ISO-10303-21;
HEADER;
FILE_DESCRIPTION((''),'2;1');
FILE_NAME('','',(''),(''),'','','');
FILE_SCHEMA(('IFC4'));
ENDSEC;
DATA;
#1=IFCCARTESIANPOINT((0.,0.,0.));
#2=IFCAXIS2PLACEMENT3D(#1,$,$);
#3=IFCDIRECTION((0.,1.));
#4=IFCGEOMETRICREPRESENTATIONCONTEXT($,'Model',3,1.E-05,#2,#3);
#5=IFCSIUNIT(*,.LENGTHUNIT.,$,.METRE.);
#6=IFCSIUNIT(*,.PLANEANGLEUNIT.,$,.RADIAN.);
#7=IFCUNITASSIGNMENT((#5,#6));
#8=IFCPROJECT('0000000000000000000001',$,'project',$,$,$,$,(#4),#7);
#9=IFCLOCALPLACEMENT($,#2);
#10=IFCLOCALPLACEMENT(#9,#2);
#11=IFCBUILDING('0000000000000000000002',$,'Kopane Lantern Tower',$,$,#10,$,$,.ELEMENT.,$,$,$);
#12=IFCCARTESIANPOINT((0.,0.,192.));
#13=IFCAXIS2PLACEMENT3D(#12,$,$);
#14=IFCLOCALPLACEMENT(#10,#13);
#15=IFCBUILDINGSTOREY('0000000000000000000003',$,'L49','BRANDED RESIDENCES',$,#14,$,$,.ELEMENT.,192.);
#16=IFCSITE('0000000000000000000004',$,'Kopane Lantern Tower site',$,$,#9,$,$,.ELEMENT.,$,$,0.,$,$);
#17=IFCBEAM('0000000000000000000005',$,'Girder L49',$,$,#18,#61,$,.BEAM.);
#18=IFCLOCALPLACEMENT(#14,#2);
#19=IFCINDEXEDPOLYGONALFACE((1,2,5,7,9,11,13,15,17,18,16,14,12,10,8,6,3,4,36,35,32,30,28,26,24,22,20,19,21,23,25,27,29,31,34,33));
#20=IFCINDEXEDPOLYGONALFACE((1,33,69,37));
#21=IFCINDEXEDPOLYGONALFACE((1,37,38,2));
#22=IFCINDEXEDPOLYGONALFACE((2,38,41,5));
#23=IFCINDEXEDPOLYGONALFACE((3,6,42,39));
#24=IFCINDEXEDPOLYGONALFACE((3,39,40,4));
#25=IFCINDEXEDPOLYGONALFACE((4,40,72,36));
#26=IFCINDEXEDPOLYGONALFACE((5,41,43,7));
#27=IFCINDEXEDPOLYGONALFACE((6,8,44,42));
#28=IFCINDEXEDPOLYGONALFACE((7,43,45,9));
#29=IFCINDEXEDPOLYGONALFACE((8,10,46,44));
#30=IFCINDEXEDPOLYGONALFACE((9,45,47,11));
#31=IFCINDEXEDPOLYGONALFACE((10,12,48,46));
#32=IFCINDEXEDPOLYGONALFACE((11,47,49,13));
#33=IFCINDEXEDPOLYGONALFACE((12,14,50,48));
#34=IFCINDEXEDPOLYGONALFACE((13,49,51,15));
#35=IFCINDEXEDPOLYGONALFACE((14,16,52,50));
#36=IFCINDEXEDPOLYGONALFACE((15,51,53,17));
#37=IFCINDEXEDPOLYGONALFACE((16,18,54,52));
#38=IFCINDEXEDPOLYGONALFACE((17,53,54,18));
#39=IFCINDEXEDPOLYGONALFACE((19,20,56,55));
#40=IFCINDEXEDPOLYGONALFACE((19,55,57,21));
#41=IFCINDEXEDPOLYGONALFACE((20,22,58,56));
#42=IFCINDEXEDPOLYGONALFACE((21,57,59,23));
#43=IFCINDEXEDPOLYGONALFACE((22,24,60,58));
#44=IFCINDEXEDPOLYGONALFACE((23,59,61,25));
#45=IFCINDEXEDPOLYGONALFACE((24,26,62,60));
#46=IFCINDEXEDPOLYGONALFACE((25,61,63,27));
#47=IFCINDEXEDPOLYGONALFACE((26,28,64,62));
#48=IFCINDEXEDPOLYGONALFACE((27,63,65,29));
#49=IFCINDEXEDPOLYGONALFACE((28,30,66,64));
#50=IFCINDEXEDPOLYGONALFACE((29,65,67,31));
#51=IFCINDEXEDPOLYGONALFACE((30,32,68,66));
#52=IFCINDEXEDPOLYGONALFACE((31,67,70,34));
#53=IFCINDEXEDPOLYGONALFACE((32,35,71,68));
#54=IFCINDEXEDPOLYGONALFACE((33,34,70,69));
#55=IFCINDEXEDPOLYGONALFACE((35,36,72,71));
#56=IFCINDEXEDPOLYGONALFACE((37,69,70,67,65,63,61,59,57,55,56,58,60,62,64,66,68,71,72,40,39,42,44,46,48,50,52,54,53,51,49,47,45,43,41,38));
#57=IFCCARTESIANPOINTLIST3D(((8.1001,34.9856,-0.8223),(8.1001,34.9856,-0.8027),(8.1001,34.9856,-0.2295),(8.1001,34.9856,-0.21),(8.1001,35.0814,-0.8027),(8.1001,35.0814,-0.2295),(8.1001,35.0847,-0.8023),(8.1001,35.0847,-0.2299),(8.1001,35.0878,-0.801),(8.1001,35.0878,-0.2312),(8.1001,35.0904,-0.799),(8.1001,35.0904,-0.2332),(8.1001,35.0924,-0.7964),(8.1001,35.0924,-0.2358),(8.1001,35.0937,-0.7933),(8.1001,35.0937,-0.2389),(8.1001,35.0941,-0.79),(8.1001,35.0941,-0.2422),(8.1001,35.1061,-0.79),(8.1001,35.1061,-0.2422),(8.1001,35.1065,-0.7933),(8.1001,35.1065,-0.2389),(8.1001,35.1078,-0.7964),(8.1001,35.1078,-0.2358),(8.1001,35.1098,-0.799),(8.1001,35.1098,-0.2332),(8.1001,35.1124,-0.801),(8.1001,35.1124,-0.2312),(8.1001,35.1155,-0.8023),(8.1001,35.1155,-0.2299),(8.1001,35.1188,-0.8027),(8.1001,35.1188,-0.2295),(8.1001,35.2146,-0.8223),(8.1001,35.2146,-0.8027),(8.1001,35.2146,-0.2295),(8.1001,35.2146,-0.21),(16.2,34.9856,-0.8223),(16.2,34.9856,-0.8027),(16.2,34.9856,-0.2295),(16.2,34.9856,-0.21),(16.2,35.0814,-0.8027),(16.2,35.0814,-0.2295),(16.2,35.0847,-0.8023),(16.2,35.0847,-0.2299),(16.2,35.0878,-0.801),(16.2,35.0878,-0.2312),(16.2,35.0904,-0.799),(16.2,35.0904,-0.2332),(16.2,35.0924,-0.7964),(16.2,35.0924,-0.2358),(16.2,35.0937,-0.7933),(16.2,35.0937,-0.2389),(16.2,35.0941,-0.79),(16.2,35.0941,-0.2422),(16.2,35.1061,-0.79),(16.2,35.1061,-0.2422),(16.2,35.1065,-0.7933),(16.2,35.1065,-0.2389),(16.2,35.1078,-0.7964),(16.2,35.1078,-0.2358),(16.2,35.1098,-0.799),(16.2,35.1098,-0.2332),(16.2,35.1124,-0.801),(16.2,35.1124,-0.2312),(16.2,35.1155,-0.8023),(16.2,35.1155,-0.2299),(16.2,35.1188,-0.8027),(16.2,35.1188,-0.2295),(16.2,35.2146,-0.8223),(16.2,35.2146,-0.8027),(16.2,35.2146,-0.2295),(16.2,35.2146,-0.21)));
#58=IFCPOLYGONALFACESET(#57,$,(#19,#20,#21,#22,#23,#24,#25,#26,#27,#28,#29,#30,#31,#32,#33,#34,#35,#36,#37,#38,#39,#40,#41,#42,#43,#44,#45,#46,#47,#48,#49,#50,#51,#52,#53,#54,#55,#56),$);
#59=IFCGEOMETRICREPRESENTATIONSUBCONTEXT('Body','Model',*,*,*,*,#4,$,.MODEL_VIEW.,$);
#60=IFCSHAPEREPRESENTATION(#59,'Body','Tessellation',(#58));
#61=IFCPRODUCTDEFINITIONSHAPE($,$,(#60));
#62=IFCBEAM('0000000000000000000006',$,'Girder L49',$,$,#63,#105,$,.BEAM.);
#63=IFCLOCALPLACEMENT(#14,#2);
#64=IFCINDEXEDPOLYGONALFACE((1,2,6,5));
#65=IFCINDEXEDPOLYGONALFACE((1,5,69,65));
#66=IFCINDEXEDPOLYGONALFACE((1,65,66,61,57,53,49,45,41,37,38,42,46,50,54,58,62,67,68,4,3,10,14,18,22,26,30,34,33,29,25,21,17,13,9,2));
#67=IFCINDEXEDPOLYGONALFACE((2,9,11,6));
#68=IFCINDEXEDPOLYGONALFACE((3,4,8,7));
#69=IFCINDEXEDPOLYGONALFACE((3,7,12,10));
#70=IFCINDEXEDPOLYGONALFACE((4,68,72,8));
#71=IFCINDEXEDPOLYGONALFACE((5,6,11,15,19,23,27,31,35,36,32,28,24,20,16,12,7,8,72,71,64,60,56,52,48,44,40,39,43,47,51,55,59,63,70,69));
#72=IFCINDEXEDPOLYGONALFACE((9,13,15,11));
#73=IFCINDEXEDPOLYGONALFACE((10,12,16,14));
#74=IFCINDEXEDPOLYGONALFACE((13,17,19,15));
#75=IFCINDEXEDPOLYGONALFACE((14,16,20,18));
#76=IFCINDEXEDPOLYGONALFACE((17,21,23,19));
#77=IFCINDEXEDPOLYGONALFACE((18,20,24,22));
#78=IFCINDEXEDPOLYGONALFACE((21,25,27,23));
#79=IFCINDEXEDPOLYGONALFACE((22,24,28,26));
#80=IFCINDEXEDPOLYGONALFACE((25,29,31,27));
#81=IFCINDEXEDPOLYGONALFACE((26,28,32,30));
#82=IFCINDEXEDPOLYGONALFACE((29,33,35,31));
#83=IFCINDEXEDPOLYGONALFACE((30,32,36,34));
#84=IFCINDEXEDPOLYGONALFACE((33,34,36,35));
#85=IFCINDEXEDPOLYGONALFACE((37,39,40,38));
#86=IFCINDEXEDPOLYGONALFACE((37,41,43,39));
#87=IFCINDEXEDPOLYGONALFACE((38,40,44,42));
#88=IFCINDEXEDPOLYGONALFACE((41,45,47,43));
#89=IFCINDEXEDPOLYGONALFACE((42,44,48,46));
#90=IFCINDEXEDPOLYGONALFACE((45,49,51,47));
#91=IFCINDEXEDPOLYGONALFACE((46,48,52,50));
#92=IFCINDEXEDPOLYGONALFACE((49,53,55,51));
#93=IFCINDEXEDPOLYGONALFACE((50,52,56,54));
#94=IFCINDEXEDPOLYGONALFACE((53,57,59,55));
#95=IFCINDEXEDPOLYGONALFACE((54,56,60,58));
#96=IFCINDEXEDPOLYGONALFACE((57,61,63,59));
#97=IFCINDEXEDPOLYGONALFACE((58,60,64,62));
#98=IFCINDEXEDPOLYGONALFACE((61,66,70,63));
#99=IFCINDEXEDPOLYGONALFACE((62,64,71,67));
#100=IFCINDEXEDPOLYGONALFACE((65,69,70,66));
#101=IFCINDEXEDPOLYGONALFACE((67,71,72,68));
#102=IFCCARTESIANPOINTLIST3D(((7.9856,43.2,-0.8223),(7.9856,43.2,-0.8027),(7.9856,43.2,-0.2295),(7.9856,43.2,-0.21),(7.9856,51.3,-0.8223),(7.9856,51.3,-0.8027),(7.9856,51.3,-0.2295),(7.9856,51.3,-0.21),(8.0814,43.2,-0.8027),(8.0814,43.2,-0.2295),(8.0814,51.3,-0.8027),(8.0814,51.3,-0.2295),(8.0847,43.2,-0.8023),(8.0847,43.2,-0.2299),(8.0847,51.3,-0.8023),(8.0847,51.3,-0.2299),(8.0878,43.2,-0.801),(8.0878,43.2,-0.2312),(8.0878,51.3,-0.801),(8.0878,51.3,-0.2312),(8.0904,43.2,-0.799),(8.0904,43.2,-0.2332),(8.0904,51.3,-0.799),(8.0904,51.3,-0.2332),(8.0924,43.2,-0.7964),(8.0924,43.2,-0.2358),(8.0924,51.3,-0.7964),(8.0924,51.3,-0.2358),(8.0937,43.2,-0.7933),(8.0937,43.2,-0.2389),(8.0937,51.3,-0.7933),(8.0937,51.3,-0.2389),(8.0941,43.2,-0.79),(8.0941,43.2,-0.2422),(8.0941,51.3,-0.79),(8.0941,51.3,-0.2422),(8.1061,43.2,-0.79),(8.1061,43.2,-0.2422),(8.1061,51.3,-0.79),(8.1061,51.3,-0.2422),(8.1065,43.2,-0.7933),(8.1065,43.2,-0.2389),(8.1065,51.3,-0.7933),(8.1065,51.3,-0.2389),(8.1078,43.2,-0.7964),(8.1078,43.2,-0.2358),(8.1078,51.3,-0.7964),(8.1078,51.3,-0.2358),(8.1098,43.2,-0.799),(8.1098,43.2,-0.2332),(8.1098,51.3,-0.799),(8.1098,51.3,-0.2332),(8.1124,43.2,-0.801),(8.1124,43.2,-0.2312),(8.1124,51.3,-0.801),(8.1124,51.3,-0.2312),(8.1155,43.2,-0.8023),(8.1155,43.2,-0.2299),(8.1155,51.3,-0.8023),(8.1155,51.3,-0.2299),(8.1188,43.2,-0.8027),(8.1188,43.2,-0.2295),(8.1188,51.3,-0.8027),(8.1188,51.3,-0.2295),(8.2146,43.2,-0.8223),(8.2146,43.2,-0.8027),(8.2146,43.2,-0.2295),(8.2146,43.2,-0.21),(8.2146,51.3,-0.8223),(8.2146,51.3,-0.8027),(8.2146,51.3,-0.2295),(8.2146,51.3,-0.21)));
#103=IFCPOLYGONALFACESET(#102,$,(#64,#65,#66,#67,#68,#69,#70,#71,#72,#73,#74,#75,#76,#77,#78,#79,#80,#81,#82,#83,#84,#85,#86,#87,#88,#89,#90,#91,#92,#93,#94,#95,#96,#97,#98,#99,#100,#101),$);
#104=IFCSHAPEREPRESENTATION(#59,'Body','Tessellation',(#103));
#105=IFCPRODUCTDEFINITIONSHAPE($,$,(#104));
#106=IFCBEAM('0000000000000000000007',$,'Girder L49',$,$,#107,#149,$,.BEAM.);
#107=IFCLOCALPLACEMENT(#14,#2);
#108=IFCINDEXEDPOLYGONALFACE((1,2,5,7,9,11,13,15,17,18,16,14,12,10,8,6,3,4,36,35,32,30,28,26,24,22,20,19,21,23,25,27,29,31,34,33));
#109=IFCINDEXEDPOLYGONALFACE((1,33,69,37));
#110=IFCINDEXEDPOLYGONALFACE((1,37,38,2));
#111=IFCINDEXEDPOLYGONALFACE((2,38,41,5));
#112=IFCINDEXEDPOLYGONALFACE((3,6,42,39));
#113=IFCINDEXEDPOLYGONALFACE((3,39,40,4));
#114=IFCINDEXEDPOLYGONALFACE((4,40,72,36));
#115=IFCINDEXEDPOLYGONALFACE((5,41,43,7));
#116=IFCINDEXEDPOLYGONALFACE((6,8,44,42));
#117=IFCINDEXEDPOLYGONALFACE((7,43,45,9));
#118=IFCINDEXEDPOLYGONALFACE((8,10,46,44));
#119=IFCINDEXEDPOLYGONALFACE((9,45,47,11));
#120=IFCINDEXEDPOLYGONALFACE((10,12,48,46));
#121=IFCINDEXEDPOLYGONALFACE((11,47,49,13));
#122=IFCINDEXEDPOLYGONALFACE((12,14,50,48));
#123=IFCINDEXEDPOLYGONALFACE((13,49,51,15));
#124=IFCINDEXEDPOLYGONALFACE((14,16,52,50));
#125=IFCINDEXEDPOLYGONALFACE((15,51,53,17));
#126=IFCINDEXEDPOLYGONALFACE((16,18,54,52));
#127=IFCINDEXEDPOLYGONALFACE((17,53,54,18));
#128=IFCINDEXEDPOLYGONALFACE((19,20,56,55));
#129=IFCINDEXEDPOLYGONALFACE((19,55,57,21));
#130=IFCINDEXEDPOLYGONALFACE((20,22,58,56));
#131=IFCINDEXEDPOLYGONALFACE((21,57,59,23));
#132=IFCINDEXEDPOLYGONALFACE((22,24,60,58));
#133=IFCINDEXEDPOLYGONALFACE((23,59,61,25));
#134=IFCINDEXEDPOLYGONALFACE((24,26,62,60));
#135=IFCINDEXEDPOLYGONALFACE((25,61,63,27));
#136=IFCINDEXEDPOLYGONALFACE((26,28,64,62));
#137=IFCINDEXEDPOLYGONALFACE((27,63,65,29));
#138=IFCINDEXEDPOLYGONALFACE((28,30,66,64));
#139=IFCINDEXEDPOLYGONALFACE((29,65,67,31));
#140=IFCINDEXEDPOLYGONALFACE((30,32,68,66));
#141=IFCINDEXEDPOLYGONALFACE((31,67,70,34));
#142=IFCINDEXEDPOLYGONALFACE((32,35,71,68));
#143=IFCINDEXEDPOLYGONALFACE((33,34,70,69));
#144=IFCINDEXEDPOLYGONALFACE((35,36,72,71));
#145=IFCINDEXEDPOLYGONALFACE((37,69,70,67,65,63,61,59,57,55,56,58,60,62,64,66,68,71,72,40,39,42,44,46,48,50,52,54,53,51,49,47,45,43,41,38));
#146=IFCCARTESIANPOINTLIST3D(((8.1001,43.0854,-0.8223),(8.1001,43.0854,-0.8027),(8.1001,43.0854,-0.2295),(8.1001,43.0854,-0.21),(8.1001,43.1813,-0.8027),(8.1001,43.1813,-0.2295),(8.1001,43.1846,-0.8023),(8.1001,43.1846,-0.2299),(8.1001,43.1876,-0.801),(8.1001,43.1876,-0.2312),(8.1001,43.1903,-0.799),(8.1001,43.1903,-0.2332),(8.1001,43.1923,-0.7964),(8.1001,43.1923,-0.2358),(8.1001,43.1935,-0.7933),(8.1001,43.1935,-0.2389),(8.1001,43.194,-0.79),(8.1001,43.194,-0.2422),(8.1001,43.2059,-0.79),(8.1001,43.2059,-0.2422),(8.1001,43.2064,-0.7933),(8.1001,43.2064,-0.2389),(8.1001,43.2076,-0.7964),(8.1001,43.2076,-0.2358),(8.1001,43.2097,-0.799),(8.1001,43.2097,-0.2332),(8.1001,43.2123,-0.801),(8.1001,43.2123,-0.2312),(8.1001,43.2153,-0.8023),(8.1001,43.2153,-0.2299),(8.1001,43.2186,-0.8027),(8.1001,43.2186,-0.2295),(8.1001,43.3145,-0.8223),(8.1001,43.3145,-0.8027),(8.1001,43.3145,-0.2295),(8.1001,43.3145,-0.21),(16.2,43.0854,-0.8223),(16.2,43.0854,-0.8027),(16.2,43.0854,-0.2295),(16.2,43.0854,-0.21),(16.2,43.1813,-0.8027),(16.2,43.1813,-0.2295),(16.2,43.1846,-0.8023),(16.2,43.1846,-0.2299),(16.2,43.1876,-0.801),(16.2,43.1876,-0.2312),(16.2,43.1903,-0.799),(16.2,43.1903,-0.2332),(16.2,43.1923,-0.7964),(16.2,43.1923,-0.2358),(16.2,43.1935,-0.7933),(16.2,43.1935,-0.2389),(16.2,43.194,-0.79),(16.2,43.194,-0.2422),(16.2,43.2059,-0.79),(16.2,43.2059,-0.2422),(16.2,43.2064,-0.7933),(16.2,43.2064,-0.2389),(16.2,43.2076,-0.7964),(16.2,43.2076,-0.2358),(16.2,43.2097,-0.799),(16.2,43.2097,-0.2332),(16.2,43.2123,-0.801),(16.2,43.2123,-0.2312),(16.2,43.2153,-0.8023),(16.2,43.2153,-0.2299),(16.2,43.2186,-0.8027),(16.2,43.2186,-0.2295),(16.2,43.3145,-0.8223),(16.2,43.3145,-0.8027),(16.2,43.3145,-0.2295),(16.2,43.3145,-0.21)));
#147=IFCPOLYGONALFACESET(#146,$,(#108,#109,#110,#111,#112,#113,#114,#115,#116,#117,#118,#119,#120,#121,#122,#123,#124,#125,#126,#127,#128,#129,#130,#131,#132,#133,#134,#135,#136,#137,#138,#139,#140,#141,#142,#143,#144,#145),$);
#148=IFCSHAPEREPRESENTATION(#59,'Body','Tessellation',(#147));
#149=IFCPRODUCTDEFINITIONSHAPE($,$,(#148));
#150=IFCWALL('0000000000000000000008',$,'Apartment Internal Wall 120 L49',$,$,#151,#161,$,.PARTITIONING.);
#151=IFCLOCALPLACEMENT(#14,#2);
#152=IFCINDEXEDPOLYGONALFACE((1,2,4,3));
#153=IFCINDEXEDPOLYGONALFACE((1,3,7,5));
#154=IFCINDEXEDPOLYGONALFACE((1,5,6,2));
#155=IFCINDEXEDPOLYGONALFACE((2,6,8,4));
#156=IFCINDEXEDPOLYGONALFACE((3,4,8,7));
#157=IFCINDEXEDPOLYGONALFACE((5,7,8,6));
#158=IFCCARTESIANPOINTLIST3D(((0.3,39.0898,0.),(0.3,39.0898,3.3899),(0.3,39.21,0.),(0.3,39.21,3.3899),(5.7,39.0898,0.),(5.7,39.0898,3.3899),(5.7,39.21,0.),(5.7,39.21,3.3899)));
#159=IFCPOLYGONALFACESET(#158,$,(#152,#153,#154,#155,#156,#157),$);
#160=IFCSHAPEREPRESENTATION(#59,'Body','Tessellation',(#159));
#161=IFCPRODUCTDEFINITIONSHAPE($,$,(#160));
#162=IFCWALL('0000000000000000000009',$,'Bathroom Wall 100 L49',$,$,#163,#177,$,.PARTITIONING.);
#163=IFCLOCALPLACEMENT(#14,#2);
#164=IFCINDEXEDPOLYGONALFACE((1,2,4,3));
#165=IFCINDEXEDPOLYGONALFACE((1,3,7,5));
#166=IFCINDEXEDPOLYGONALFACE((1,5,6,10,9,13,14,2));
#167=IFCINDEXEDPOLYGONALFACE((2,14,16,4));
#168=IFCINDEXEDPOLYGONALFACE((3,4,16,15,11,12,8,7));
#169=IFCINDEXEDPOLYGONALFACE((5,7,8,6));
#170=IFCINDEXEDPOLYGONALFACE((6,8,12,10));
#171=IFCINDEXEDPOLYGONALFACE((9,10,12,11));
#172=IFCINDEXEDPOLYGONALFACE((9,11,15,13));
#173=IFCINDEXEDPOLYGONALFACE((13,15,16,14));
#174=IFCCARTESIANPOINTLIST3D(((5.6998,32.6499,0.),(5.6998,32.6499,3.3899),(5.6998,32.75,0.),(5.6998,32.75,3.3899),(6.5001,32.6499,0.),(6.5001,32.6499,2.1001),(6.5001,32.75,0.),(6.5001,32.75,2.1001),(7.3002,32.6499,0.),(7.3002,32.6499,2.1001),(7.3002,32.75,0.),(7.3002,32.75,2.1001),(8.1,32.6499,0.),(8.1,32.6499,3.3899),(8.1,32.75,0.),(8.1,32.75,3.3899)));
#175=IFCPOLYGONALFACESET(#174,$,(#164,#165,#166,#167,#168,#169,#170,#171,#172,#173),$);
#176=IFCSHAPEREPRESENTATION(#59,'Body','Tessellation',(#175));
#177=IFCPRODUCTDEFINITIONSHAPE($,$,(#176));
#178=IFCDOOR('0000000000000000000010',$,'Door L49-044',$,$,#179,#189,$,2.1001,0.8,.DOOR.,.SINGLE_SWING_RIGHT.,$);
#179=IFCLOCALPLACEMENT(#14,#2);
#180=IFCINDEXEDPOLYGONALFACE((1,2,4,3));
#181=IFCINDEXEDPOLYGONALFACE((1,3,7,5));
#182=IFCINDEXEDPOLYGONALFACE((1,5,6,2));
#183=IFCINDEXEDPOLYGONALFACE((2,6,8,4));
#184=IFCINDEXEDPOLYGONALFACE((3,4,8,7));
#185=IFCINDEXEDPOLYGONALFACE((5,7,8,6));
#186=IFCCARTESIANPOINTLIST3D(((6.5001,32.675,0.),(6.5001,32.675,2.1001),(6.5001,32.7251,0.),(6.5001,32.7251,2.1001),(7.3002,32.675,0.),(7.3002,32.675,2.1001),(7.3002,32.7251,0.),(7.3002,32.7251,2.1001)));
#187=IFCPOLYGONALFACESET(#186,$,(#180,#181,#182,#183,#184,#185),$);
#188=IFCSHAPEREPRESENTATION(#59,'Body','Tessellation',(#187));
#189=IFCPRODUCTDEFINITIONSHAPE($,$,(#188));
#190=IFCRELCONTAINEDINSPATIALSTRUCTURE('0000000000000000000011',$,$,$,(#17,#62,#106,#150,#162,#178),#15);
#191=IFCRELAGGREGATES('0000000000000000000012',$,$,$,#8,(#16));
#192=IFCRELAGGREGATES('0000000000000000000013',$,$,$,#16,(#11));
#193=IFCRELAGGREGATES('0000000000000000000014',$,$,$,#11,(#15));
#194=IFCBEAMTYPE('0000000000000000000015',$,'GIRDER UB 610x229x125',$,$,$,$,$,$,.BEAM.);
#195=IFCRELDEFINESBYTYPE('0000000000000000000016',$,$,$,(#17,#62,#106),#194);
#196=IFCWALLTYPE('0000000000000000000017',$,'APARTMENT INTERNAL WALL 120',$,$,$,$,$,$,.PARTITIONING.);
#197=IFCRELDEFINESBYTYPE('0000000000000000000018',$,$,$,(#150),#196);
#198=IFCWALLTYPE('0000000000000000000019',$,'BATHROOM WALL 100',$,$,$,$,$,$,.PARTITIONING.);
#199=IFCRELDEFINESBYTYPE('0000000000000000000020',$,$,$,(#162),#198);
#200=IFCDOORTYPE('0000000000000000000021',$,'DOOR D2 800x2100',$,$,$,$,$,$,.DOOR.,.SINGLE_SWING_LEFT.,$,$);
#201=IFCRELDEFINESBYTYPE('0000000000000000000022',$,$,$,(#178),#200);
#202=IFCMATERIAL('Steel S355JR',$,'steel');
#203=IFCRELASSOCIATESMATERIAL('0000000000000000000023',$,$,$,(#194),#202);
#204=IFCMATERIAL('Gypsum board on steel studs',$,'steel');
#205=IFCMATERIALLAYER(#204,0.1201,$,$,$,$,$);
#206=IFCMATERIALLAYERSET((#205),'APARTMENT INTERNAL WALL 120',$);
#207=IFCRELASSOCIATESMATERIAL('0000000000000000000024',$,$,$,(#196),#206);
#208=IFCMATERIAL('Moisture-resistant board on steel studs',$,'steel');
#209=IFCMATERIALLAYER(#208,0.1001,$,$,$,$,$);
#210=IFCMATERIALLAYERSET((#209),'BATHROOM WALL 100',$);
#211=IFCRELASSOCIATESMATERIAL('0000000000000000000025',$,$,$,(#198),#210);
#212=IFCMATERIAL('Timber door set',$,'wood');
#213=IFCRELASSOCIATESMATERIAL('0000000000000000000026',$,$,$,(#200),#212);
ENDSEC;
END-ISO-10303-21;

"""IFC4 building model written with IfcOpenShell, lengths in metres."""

from ifc_helpers import new_model, si_unit, direction, frame, frame_2d, origin, origin_2d, place, context, subcontext, project, spatial, rectangle, i_section, extrude, material, layer, layer_set, material_profile, profile_set, type_object, element, fill, save


model = new_model("IFC4")

# Units and contexts
model_context = context("Model", 3, precision=1e-05, world=origin(), true_north=direction((0.0, 1.0)))
body_context = subcontext(model_context, "Body", "Model", "MODEL_VIEW")
ifc_project = project(units=[si_unit("LENGTHUNIT", "METRE"), si_unit("PLANEANGLEUNIT", "RADIAN")], contexts=[model_context])

# Site, building, storey
site_placement = place(None, origin())
site = spatial("IfcSite", under=ifc_project, at=site_placement, Name="Kopane Lantern Tower site", CompositionType="ELEMENT", RefElevation=0.0)
building_placement = place(site_placement, origin())
building = spatial("IfcBuilding", under=site, at=building_placement, Name="Kopane Lantern Tower", CompositionType="ELEMENT")
storey_placement = place(building_placement, frame((0.0, 0.0, 192.0)))
storey = spatial("IfcBuildingStorey", under=building, at=storey_placement, Name="L49", Description="BRANDED RESIDENCES", CompositionType="ELEMENT", Elevation=192.0)

# Beams
ifc_material_1 = material(Name="Steel S355JR", Category="steel")
ifc_material_profile_1 = material_profile(ifc_material_1, i_section(OverallWidth=0.229, OverallDepth=0.6123, WebThickness=0.012, FlangeThickness=0.0195, FilletRadius=0.0127, at=origin_2d()), Name="UB 610x229x125")
ifc_profile_set_1 = profile_set([ifc_material_profile_1], Name="Steel S355JR")
beam_type = type_object("IfcBeamType", Name="GIRDER UB 610x229x125", PredefinedType="BEAM", material=ifc_profile_set_1)
for number, where, z_axis, x_axis, name in (
    (1, (8.1001, 35.1001, -0.5161), (1.0, 0.0, 0.0), (0.0, 1.0, 0.0), "Girder L49"),
):
    element("IfcBeam", number, at=place(storey_placement, frame(where, z_axis=z_axis, x_axis=x_axis)), inside=storey, type_object=beam_type, Name=name, PredefinedType="BEAM", context=body_context, shape_type="SweptSolid", body=[
        extrude(i_section(OverallWidth=0.229, OverallDepth=0.6123, WebThickness=0.012, FlangeThickness=0.0195, FilletRadius=0.0127, at=origin_2d()), origin(), (0.0, 0.0, 1.0), 8.0999),
    ])
beam_1_placement = place(storey_placement, frame((8.1001, 43.2, -0.5161), z_axis=(0.0, 1.0, 0.0), x_axis=(-1.0, 0.0, 0.0)))
element("IfcBeam", 2, at=beam_1_placement, inside=storey, type_object=beam_type, Name="Girder L49", PredefinedType="BEAM", context=body_context, shape_type="SweptSolid", body=[
    extrude(i_section(OverallWidth=0.229, OverallDepth=0.6123, WebThickness=0.012, FlangeThickness=0.0195, FilletRadius=0.0127, at=origin_2d()), origin(), (0.0, 0.0, 1.0), 8.1001),
])
beam_2_placement = place(storey_placement, frame((8.1001, 43.2, -0.5161), z_axis=(1.0, 0.0, 0.0), x_axis=(0.0, 1.0, 0.0)))
element("IfcBeam", 3, at=beam_2_placement, inside=storey, type_object=beam_type, Name="Girder L49", PredefinedType="BEAM", context=body_context, shape_type="SweptSolid", body=[
    extrude(i_section(OverallWidth=0.229, OverallDepth=0.6123, WebThickness=0.012, FlangeThickness=0.0195, FilletRadius=0.0127, at=origin_2d()), origin(), (0.0, 0.0, 1.0), 8.0999),
])

# Wall
ifc_material_2 = material(Name="Gypsum board on steel studs", Category="steel")
ifc_layer_1 = layer(ifc_material_2, 0.1201)
ifc_layer_set_1 = layer_set([ifc_layer_1], Name="APARTMENT INTERNAL WALL 120")
wall_type_1 = type_object("IfcWallType", Name="APARTMENT INTERNAL WALL 120", PredefinedType="PARTITIONING", material=ifc_layer_set_1)
wall_1_placement = place(storey_placement, frame((5.7, 39.1499, 0.0), z_axis=(0.0, 0.0, 1.0), x_axis=(-1.0, 0.0, 0.0)))
element("IfcWall", 4, at=wall_1_placement, inside=storey, type_object=wall_type_1, Name="Apartment Internal Wall 120 L49", PredefinedType="PARTITIONING", context=body_context, shape_type="SweptSolid", body=[
    extrude(rectangle(XDim=5.3999, YDim=0.1201, at=frame_2d((2.7, 0.0))), origin(), (0.0, 0.0, 1.0), 3.3899),
])

# Wall, opening, door
ifc_material_3 = material(Name="Moisture-resistant board on steel studs", Category="steel")
ifc_layer_2 = layer(ifc_material_3, 0.1001)
ifc_layer_set_2 = layer_set([ifc_layer_2], Name="BATHROOM WALL 100")
wall_type_2 = type_object("IfcWallType", Name="BATHROOM WALL 100", PredefinedType="PARTITIONING", material=ifc_layer_set_2)
wall_2_placement = place(storey_placement, frame((8.1001, 32.7, 0.0), z_axis=(0.0, 0.0, 1.0), x_axis=(-1.0, 0.0, 0.0)))
wall_2 = element("IfcWall", 5, at=wall_2_placement, inside=storey, type_object=wall_type_2, Name="Bathroom Wall 100 L49", PredefinedType="PARTITIONING", context=body_context, shape_type="SweptSolid", body=[
    extrude(rectangle(XDim=2.4001, YDim=0.1001, at=frame_2d((1.2002, 0.0))), origin(), (0.0, 0.0, 1.0), 3.3899),
])
opening_1_placement = place(wall_2_placement, frame((0.8, 0.0, 0.0)))
opening_1 = element("IfcOpeningElement", 6, at=opening_1_placement, cuts=wall_2, PredefinedType="OPENING", context=body_context, shape_type="SweptSolid", body=[
    extrude(rectangle(XDim=0.8, YDim=2.1001, at=frame_2d((0.3999, 1.05))), frame((0.0, 0.0601, 0.0), z_axis=(0.0, -1.0, 0.0), x_axis=(1.0, 0.0, 0.0)), (0.0, 0.0, 1.0), 0.1201),
])
ifc_material_4 = material(Name="Timber door set", Category="wood")
door_type_1 = type_object("IfcDoorType", Name="DOOR D2 800x2100", OperationType="SINGLE_SWING_LEFT", PredefinedType="DOOR", material=ifc_material_4)
door_1_placement = place(opening_1_placement, origin())
door_1 = element("IfcDoor", 7, at=door_1_placement, inside=storey, type_object=door_type_1, Name="Door L49-044", OperationType="SINGLE_SWING_RIGHT", OverallHeight=2.1001, OverallWidth=0.8, PredefinedType="DOOR", context=body_context, shape_type="SweptSolid", body=[
    extrude(rectangle(XDim=0.8, YDim=2.1001, at=frame_2d((0.3999, 1.05))), frame((0.0, 0.0249, 0.0), z_axis=(0.0, -1.0, 0.0), x_axis=(1.0, 0.0, 0.0)), (0.0, 0.0, 1.0), 0.05),
])
fill(opening_1, door_1)

save(model, "model.ifc")
